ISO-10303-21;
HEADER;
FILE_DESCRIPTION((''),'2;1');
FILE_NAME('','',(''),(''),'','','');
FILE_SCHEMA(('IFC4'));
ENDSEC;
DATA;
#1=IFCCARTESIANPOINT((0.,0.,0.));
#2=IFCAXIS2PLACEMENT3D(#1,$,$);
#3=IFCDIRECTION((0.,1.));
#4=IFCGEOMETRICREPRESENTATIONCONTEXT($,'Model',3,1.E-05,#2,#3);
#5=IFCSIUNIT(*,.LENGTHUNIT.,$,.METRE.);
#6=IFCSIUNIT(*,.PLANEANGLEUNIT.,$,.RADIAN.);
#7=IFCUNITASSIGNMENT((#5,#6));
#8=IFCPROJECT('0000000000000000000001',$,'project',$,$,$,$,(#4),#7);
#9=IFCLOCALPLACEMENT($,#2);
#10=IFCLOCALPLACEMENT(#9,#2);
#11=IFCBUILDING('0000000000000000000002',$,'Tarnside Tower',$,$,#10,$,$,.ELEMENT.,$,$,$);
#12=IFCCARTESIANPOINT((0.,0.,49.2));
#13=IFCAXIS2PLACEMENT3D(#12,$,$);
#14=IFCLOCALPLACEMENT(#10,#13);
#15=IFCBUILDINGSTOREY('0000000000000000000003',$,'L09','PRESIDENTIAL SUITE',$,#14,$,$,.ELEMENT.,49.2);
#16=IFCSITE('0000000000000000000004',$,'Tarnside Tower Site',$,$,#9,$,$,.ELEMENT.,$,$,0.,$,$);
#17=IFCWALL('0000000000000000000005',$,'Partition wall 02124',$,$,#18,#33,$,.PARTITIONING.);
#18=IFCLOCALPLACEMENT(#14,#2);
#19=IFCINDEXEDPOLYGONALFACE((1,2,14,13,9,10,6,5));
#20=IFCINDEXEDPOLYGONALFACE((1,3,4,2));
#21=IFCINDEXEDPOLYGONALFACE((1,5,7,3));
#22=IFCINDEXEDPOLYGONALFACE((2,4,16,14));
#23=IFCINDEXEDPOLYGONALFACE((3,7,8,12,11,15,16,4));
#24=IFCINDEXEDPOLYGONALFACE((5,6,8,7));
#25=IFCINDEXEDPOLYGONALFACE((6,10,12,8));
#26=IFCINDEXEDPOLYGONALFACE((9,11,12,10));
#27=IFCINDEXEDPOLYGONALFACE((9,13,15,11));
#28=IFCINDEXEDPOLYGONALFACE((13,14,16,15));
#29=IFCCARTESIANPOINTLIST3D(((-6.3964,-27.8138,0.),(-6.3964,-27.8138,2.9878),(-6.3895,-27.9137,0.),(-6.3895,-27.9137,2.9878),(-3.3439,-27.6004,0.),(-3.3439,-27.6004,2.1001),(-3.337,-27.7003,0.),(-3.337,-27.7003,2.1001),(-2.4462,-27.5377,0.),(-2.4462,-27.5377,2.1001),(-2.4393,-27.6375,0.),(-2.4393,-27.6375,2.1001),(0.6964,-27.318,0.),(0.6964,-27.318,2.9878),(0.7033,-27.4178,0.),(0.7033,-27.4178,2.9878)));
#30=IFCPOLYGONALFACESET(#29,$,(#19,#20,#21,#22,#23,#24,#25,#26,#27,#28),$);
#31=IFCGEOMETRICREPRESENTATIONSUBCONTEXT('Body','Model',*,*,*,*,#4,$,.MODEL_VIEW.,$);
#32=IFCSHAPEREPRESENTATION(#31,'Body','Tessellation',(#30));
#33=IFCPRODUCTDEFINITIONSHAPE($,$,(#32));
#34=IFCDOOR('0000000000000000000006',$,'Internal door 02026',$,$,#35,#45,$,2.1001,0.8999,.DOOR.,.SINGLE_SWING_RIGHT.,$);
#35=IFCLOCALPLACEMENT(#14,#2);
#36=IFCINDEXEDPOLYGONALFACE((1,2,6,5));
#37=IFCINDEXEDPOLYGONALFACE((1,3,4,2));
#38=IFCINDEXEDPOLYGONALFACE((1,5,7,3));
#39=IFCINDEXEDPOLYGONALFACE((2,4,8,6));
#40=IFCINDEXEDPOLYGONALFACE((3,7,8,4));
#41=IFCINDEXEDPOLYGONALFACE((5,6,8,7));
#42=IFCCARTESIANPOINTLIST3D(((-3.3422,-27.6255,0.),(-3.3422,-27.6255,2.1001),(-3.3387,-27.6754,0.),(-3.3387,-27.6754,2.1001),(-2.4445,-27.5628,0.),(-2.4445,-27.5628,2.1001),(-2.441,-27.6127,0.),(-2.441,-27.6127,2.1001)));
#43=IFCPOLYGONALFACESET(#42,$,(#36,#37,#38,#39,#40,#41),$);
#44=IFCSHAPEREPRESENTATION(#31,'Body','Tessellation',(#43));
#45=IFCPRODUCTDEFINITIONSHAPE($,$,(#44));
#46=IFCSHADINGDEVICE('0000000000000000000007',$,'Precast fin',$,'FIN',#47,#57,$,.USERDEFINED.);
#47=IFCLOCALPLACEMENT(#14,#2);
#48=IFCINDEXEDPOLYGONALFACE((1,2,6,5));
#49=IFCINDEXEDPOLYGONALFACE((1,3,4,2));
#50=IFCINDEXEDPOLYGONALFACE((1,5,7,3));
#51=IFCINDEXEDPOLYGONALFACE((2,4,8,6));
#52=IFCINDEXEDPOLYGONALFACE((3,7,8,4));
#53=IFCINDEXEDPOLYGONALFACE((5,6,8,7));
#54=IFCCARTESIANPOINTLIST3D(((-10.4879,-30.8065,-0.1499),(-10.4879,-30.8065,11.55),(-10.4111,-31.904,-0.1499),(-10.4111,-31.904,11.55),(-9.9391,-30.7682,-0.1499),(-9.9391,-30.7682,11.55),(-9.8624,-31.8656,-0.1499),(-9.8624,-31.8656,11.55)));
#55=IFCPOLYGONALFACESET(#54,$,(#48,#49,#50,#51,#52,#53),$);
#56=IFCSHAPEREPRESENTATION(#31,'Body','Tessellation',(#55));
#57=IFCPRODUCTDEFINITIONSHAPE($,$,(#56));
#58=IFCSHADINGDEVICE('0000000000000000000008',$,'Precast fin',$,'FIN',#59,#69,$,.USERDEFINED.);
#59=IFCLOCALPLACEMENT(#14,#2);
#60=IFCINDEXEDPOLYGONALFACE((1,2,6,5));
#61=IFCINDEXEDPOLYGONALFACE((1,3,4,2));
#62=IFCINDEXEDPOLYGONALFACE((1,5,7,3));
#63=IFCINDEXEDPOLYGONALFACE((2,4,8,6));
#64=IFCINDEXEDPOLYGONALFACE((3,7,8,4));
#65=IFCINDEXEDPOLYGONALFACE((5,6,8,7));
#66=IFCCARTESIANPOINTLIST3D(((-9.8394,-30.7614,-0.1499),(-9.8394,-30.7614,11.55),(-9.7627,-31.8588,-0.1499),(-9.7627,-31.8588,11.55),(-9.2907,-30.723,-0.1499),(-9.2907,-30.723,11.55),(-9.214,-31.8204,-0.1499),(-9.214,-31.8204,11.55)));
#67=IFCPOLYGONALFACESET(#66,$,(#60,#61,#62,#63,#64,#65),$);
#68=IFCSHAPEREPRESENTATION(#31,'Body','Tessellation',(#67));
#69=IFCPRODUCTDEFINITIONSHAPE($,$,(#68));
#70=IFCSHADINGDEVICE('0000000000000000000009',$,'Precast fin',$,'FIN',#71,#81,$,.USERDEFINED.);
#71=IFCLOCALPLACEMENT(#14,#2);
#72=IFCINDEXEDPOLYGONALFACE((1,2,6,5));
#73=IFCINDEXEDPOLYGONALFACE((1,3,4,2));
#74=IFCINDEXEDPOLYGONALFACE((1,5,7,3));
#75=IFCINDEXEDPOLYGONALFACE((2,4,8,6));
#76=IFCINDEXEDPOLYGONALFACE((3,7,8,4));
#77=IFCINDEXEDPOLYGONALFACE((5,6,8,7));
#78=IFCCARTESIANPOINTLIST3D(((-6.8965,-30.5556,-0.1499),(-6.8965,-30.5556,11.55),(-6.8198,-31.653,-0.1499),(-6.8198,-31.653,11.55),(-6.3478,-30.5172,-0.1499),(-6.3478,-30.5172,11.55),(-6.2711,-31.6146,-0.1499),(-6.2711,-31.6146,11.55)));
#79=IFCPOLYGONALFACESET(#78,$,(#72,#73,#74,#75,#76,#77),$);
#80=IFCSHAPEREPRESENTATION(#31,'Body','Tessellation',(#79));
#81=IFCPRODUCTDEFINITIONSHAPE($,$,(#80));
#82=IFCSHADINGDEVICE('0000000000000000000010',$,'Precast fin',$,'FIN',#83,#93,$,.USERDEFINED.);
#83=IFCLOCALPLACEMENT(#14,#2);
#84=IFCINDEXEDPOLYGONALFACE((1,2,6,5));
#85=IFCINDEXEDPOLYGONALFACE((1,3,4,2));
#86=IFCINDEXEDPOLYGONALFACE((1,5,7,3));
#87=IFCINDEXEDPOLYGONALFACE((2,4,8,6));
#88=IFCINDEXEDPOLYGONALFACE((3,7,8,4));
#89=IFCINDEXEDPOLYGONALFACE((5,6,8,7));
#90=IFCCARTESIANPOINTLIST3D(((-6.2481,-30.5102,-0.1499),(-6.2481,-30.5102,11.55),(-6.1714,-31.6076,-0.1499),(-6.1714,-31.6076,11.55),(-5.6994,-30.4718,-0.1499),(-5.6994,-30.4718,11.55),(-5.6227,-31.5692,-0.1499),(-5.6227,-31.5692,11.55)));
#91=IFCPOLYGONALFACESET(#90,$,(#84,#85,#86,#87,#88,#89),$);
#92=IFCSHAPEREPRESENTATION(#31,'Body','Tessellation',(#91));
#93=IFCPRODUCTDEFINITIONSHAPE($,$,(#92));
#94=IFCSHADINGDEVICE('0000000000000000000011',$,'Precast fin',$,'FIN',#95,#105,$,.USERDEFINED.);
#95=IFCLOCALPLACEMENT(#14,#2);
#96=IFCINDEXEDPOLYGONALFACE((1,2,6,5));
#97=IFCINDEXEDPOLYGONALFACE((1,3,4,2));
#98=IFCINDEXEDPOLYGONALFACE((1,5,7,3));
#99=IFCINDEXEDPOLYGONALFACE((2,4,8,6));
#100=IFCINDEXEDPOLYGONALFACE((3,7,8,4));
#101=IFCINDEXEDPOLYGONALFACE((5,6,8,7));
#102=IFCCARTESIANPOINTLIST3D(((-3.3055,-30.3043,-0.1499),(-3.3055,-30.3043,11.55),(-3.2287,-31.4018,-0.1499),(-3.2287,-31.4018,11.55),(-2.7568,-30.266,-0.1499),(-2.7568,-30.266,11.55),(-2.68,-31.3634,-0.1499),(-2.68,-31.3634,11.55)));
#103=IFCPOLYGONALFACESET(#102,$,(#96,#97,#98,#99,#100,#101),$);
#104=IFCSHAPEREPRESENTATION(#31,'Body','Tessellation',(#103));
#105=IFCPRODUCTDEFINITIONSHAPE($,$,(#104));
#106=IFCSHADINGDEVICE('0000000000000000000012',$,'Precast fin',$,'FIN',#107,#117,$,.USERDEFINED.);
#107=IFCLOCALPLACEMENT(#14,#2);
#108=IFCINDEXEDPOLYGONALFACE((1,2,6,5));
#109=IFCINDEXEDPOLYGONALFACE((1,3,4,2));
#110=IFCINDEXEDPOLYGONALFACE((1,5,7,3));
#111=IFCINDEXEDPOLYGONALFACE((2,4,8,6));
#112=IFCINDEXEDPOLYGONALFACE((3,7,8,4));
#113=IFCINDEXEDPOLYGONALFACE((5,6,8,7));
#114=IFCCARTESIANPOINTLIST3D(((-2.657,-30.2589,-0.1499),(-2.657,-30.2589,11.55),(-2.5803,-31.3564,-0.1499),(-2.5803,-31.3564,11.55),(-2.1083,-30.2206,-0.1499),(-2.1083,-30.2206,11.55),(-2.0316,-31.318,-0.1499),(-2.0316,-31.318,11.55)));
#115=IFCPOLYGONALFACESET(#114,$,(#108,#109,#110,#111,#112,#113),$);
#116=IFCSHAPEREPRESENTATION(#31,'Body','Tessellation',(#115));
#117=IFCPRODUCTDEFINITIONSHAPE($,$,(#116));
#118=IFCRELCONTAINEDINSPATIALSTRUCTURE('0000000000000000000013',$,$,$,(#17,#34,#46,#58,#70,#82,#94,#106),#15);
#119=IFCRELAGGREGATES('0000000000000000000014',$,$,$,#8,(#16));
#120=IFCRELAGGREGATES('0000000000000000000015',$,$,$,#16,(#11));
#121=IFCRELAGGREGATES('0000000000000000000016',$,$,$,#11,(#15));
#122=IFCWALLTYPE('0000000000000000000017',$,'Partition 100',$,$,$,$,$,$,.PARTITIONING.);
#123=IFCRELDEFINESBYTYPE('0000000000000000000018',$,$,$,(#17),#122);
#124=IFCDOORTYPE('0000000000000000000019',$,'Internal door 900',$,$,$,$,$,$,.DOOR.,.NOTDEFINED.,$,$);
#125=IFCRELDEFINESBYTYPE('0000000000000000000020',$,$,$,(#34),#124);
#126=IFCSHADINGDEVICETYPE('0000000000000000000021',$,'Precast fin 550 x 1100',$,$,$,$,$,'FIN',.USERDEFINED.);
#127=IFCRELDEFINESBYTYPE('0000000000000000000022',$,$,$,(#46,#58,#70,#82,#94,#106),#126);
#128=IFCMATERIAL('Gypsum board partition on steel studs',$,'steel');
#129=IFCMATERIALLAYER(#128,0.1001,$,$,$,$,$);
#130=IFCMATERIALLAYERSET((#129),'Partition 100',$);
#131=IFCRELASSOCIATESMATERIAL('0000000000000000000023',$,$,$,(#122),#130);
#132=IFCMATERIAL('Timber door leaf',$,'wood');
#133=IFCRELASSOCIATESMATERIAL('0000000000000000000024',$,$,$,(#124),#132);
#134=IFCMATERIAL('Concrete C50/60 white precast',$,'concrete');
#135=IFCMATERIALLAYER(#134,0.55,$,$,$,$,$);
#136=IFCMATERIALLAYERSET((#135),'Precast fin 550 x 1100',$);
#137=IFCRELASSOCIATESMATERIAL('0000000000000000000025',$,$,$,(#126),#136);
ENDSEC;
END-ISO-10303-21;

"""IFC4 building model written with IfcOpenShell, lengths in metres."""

from ifc_helpers import new_model, si_unit, direction, frame, frame_2d, origin, place, context, subcontext, project, spatial, polyline, rectangle, outline, extrude, material, layer, layer_set, type_object, element, fill, save


model = new_model("IFC4")

# Units and contexts
model_context = context("Model", 3, precision=1e-05, world=origin(), true_north=direction((0.0, 1.0)))
body_context = subcontext(model_context, "Body", "Model", "MODEL_VIEW")
ifc_project = project(units=[si_unit("LENGTHUNIT", "METRE"), si_unit("PLANEANGLEUNIT", "RADIAN")], contexts=[model_context])

# Site, building, storey
site_placement = place(None, origin())
site = spatial("IfcSite", under=ifc_project, at=site_placement, Name="Tarnside Tower Site", CompositionType="ELEMENT", RefElevation=0.0)
building_placement = place(site_placement, origin())
building = spatial("IfcBuilding", under=site, at=building_placement, Name="Tarnside Tower", CompositionType="ELEMENT")
storey_placement = place(building_placement, frame((0.0, 0.0, 49.2)))
storey = spatial("IfcBuildingStorey", under=building, at=storey_placement, Name="L09", Description="PRESIDENTIAL SUITE", CompositionType="ELEMENT", Elevation=49.2)

# Shared definitions
ifc_material_1 = material(Name="Gypsum board partition on steel studs", Category="steel")

# Wall, opening, door
ifc_layer_1 = layer(ifc_material_1, 0.1001)
ifc_layer_set_1 = layer_set([ifc_layer_1], Name="Partition 100")
wall_type_1 = type_object("IfcWallType", Name="Partition 100", PredefinedType="PARTITIONING", material=ifc_layer_set_1)
wall_1_placement = place(storey_placement, frame((-6.3931, -27.8638, 0.0), z_axis=(0.0, 0.0, 1.0), x_axis=(0.997565, 0.069739, 0.0)))
wall_1 = element("IfcWall", 1, at=wall_1_placement, inside=storey, type_object=wall_type_1, Name="Partition wall 02124", PredefinedType="PARTITIONING", context=body_context, shape_type="SweptSolid", body=[
    extrude(rectangle(XDim=7.1101, YDim=0.1001, at=frame_2d((3.5552, 0.0))), origin(), (0.0, 0.0, 1.0), 2.9878),
])
opening_placement = place(wall_1_placement, frame((3.0601, 0.0, 0.0)))
opening = element("IfcOpeningElement", 2, at=opening_placement, cuts=wall_1, PredefinedType="OPENING", context=body_context, shape_type="SweptSolid", body=[
    extrude(rectangle(XDim=0.8999, YDim=2.1001, at=frame_2d((0.45, 1.05))), frame((0.0, 0.0601, 0.0), z_axis=(0.0, -1.0, 0.0), x_axis=(1.0, 0.0, 0.0)), (0.0, 0.0, 1.0), 0.1201),
])
ifc_material_2 = material(Name="Timber door leaf", Category="wood")
door_type = type_object("IfcDoorType", Name="Internal door 900", OperationType="NOTDEFINED", PredefinedType="DOOR", material=ifc_material_2)
door_placement = place(opening_placement, origin())
door = element("IfcDoor", 3, at=door_placement, inside=storey, type_object=door_type, Name="Internal door 02026", OperationType="SINGLE_SWING_RIGHT", OverallHeight=2.1001, OverallWidth=0.8999, PredefinedType="DOOR", context=body_context, shape_type="SweptSolid", body=[
    extrude(rectangle(XDim=0.8999, YDim=2.1001, at=frame_2d((0.45, 1.05))), frame((0.0, 0.0249, 0.0), z_axis=(0.0, -1.0, 0.0), x_axis=(1.0, 0.0, 0.0)), (0.0, 0.0, 1.0), 0.05),
])
fill(opening, door)

# Shading devices
ifc_material_3 = material(Name="Concrete C50/60 white precast", Category="concrete")
ifc_layer_2 = layer(ifc_material_3, 0.55)
ifc_layer_set_2 = layer_set([ifc_layer_2], Name="Precast fin 550 x 1100")
shading_device_type = type_object("IfcShadingDeviceType", Name="Precast fin 550 x 1100", ElementType="FIN", PredefinedType="USERDEFINED", material=ifc_layer_set_2)
for number, where, z_axis, x_axis, name in (
    (4, (-10.2134, -30.7874, -0.1499), (-0.997564, -0.069756, 0.0), (0.069756, -0.997564, 0.0), "Precast fin"),
    (5, (-9.5649, -30.7422, -0.1499), (-0.997564, -0.069756, 0.0), (0.069756, -0.997564, 0.0), "Precast fin"),
    (6, (-6.6221, -30.5364, -0.1499), (-0.997564, -0.069756, 0.0), (0.069756, -0.997564, 0.0), "Precast fin"),
    (7, (-5.9736, -30.491, -0.1499), (-0.997564, -0.069756, 0.0), (0.069756, -0.997564, 0.0), "Precast fin"),
    (8, (-3.031, -30.2852, -0.1499), (-0.997564, -0.069756, 0.0), (0.069756, -0.997564, 0.0), "Precast fin"),
    (9, (-2.3826, -30.2397, -0.1499), (-0.997564, -0.069756, 0.0), (0.069756, -0.997564, 0.0), "Precast fin"),
):
    element("IfcShadingDevice", number, at=place(storey_placement, frame(where, z_axis=z_axis, x_axis=x_axis)), inside=storey, type_object=shading_device_type, Name=name, ObjectType="FIN", PredefinedType="USERDEFINED", context=body_context, shape_type="SweptSolid", body=[
        extrude(outline(polyline([(0.0, 0.0), (1.1001, 0.0), (1.1001, 11.7), (0.0, 11.7), (0.0, 0.0)])), frame((0.0, 0.0, -0.2749)), (0.0, 0.0, 1.0), 0.55),
    ])

save(model, "model.ifc")
